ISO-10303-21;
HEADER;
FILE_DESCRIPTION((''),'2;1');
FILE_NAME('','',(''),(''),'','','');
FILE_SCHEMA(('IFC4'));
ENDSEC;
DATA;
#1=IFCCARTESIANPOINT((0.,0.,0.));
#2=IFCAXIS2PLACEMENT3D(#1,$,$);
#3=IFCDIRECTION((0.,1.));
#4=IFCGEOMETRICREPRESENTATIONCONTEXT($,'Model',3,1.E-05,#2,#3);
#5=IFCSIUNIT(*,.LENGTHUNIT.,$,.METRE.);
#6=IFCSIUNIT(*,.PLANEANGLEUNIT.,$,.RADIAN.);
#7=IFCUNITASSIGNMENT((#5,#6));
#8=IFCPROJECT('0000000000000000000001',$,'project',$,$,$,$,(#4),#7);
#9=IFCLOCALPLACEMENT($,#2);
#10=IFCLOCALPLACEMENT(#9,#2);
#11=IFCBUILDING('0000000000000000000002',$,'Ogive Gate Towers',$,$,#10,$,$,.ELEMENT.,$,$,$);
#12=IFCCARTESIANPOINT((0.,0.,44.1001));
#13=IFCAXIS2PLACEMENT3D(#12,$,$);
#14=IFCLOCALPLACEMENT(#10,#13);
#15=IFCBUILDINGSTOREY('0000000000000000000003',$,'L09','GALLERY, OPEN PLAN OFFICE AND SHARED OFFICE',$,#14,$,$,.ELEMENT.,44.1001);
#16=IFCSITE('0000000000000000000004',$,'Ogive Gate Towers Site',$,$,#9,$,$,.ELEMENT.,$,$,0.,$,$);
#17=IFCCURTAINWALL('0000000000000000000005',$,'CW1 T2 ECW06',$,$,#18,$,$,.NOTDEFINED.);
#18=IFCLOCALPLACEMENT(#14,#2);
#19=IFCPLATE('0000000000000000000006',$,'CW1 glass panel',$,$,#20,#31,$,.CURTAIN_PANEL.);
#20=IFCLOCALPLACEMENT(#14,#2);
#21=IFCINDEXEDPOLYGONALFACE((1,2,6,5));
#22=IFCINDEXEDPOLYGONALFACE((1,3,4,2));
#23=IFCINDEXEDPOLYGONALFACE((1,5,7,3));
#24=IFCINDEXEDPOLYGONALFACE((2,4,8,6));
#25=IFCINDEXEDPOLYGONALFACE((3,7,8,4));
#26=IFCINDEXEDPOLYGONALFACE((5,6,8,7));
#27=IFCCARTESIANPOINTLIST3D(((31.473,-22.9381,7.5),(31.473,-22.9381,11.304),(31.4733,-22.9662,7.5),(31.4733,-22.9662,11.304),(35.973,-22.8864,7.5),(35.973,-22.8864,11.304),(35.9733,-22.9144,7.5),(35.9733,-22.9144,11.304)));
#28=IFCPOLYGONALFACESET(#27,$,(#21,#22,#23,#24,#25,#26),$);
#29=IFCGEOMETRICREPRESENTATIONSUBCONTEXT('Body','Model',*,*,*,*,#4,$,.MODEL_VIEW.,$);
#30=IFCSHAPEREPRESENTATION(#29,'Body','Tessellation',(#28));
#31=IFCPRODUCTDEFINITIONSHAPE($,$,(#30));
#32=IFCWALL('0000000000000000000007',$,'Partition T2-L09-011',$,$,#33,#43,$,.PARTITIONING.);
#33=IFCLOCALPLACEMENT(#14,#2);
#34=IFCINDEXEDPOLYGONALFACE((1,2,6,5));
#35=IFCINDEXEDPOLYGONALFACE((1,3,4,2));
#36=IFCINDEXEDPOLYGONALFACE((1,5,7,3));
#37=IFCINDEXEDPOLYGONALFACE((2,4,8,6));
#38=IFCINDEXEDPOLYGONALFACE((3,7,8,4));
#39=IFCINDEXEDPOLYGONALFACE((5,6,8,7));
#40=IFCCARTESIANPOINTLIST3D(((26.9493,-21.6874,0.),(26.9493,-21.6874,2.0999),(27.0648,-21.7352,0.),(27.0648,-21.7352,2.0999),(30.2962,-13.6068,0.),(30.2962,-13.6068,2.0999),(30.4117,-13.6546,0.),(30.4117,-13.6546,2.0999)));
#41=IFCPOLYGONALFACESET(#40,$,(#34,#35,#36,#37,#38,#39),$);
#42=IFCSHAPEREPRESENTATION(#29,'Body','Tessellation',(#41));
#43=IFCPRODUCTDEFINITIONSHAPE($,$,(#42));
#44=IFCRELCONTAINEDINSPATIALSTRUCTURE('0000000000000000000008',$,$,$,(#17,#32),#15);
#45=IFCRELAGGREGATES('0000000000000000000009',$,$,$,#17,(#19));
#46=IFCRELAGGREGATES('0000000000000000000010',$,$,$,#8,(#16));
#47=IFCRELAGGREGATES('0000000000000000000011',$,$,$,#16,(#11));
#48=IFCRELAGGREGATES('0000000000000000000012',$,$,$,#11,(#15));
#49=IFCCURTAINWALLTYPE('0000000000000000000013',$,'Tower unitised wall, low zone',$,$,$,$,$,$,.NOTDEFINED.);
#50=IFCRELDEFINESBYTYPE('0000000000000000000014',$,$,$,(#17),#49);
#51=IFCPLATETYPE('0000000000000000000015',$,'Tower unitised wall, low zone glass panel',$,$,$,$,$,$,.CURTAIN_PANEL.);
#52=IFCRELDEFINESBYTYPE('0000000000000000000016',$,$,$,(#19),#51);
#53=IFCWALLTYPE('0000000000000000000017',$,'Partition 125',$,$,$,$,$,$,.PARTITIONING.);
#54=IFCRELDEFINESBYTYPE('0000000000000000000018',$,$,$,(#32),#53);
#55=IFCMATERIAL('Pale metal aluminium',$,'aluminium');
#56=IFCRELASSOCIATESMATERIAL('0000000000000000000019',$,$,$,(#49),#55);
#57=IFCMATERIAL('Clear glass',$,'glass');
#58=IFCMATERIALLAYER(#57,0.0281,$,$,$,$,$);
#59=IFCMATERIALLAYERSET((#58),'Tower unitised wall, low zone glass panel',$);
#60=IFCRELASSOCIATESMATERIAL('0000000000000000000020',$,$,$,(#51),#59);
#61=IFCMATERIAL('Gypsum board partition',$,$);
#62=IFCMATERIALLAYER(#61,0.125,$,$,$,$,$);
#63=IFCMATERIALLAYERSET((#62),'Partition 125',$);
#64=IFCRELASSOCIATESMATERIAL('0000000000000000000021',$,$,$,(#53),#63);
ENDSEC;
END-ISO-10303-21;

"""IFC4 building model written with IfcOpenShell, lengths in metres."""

from ifc_helpers import new_model, si_unit, direction, frame, frame_2d, origin, origin_2d, place, context, subcontext, project, spatial, rectangle, extrude, material, layer, layer_set, type_object, element, aggregate, save


model = new_model("IFC4")

# Units and contexts
model_context = context("Model", 3, precision=1e-05, world=origin(), true_north=direction((0.0, 1.0)))
body_context = subcontext(model_context, "Body", "Model", "MODEL_VIEW")
ifc_project = project(units=[si_unit("LENGTHUNIT", "METRE"), si_unit("PLANEANGLEUNIT", "RADIAN")], contexts=[model_context])

# Site, building, storey
site_placement = place(None, origin())
site = spatial("IfcSite", under=ifc_project, at=site_placement, Name="Ogive Gate Towers Site", CompositionType="ELEMENT", RefElevation=0.0)
building_placement = place(site_placement, origin())
building = spatial("IfcBuilding", under=site, at=building_placement, Name="Ogive Gate Towers", CompositionType="ELEMENT")
storey_placement = place(building_placement, frame((0.0, 0.0, 44.1001)))
storey = spatial("IfcBuildingStorey", under=building, at=storey_placement, Name="L09", Description="GALLERY, OPEN PLAN OFFICE AND SHARED OFFICE", CompositionType="ELEMENT", Elevation=44.1001)

# Curtain wall, plate
ifc_material_1 = material(Name="Pale metal aluminium", Category="aluminium")
curtain_wall_type = type_object("IfcCurtainWallType", Name="Tower unitised wall, low zone", PredefinedType="NOTDEFINED", material=ifc_material_1)
curtain_wall_placement = place(storey_placement, origin())
curtain_wall = element("IfcCurtainWall", 1, at=curtain_wall_placement, inside=storey, type_object=curtain_wall_type, Name="CW1 T2 ECW06", PredefinedType="NOTDEFINED")
ifc_material_2 = material(Name="Clear glass", Category="glass")
ifc_layer_1 = layer(ifc_material_2, 0.0281)
ifc_layer_set_1 = layer_set([ifc_layer_1], Name="Tower unitised wall, low zone glass panel")
plate_type = type_object("IfcPlateType", Name="Tower unitised wall, low zone glass panel", PredefinedType="CURTAIN_PANEL", material=ifc_layer_set_1)
plate_1_placement = place(storey_placement, frame((33.7231, -22.9263, 7.5), z_axis=(0.0, 0.0, 1.0), x_axis=(0.999934, 0.011501, 0.0)))
plate_1 = element("IfcPlate", 2, at=plate_1_placement, type_object=plate_type, Name="CW1 glass panel", PredefinedType="CURTAIN_PANEL", context=body_context, shape_type="SweptSolid", body=[
    extrude(rectangle(XDim=4.5002, YDim=0.0281, at=origin_2d()), origin(), (0.0, 0.0, 1.0), 3.804),
])
aggregate(curtain_wall, [plate_1])

# Wall
ifc_material_3 = material(Name="Gypsum board partition")
ifc_layer_2 = layer(ifc_material_3, 0.125)
ifc_layer_set_2 = layer_set([ifc_layer_2], Name="Partition 125")
wall_type = type_object("IfcWallType", Name="Partition 125", PredefinedType="PARTITIONING", material=ifc_layer_set_2)
wall_placement = place(storey_placement, frame((27.0071, -21.7112, 0.0), z_axis=(0.0, 0.0, 1.0), x_axis=(0.382668, 0.923886, 0.0)))
element("IfcWall", 3, at=wall_placement, inside=storey, type_object=wall_type, Name="Partition T2-L09-011", PredefinedType="PARTITIONING", context=body_context, shape_type="SweptSolid", body=[
    extrude(rectangle(XDim=8.7463, YDim=0.125, at=frame_2d((4.373, 0.0))), origin(), (0.0, 0.0, 1.0), 2.0999),
])

save(model, "model.ifc")
